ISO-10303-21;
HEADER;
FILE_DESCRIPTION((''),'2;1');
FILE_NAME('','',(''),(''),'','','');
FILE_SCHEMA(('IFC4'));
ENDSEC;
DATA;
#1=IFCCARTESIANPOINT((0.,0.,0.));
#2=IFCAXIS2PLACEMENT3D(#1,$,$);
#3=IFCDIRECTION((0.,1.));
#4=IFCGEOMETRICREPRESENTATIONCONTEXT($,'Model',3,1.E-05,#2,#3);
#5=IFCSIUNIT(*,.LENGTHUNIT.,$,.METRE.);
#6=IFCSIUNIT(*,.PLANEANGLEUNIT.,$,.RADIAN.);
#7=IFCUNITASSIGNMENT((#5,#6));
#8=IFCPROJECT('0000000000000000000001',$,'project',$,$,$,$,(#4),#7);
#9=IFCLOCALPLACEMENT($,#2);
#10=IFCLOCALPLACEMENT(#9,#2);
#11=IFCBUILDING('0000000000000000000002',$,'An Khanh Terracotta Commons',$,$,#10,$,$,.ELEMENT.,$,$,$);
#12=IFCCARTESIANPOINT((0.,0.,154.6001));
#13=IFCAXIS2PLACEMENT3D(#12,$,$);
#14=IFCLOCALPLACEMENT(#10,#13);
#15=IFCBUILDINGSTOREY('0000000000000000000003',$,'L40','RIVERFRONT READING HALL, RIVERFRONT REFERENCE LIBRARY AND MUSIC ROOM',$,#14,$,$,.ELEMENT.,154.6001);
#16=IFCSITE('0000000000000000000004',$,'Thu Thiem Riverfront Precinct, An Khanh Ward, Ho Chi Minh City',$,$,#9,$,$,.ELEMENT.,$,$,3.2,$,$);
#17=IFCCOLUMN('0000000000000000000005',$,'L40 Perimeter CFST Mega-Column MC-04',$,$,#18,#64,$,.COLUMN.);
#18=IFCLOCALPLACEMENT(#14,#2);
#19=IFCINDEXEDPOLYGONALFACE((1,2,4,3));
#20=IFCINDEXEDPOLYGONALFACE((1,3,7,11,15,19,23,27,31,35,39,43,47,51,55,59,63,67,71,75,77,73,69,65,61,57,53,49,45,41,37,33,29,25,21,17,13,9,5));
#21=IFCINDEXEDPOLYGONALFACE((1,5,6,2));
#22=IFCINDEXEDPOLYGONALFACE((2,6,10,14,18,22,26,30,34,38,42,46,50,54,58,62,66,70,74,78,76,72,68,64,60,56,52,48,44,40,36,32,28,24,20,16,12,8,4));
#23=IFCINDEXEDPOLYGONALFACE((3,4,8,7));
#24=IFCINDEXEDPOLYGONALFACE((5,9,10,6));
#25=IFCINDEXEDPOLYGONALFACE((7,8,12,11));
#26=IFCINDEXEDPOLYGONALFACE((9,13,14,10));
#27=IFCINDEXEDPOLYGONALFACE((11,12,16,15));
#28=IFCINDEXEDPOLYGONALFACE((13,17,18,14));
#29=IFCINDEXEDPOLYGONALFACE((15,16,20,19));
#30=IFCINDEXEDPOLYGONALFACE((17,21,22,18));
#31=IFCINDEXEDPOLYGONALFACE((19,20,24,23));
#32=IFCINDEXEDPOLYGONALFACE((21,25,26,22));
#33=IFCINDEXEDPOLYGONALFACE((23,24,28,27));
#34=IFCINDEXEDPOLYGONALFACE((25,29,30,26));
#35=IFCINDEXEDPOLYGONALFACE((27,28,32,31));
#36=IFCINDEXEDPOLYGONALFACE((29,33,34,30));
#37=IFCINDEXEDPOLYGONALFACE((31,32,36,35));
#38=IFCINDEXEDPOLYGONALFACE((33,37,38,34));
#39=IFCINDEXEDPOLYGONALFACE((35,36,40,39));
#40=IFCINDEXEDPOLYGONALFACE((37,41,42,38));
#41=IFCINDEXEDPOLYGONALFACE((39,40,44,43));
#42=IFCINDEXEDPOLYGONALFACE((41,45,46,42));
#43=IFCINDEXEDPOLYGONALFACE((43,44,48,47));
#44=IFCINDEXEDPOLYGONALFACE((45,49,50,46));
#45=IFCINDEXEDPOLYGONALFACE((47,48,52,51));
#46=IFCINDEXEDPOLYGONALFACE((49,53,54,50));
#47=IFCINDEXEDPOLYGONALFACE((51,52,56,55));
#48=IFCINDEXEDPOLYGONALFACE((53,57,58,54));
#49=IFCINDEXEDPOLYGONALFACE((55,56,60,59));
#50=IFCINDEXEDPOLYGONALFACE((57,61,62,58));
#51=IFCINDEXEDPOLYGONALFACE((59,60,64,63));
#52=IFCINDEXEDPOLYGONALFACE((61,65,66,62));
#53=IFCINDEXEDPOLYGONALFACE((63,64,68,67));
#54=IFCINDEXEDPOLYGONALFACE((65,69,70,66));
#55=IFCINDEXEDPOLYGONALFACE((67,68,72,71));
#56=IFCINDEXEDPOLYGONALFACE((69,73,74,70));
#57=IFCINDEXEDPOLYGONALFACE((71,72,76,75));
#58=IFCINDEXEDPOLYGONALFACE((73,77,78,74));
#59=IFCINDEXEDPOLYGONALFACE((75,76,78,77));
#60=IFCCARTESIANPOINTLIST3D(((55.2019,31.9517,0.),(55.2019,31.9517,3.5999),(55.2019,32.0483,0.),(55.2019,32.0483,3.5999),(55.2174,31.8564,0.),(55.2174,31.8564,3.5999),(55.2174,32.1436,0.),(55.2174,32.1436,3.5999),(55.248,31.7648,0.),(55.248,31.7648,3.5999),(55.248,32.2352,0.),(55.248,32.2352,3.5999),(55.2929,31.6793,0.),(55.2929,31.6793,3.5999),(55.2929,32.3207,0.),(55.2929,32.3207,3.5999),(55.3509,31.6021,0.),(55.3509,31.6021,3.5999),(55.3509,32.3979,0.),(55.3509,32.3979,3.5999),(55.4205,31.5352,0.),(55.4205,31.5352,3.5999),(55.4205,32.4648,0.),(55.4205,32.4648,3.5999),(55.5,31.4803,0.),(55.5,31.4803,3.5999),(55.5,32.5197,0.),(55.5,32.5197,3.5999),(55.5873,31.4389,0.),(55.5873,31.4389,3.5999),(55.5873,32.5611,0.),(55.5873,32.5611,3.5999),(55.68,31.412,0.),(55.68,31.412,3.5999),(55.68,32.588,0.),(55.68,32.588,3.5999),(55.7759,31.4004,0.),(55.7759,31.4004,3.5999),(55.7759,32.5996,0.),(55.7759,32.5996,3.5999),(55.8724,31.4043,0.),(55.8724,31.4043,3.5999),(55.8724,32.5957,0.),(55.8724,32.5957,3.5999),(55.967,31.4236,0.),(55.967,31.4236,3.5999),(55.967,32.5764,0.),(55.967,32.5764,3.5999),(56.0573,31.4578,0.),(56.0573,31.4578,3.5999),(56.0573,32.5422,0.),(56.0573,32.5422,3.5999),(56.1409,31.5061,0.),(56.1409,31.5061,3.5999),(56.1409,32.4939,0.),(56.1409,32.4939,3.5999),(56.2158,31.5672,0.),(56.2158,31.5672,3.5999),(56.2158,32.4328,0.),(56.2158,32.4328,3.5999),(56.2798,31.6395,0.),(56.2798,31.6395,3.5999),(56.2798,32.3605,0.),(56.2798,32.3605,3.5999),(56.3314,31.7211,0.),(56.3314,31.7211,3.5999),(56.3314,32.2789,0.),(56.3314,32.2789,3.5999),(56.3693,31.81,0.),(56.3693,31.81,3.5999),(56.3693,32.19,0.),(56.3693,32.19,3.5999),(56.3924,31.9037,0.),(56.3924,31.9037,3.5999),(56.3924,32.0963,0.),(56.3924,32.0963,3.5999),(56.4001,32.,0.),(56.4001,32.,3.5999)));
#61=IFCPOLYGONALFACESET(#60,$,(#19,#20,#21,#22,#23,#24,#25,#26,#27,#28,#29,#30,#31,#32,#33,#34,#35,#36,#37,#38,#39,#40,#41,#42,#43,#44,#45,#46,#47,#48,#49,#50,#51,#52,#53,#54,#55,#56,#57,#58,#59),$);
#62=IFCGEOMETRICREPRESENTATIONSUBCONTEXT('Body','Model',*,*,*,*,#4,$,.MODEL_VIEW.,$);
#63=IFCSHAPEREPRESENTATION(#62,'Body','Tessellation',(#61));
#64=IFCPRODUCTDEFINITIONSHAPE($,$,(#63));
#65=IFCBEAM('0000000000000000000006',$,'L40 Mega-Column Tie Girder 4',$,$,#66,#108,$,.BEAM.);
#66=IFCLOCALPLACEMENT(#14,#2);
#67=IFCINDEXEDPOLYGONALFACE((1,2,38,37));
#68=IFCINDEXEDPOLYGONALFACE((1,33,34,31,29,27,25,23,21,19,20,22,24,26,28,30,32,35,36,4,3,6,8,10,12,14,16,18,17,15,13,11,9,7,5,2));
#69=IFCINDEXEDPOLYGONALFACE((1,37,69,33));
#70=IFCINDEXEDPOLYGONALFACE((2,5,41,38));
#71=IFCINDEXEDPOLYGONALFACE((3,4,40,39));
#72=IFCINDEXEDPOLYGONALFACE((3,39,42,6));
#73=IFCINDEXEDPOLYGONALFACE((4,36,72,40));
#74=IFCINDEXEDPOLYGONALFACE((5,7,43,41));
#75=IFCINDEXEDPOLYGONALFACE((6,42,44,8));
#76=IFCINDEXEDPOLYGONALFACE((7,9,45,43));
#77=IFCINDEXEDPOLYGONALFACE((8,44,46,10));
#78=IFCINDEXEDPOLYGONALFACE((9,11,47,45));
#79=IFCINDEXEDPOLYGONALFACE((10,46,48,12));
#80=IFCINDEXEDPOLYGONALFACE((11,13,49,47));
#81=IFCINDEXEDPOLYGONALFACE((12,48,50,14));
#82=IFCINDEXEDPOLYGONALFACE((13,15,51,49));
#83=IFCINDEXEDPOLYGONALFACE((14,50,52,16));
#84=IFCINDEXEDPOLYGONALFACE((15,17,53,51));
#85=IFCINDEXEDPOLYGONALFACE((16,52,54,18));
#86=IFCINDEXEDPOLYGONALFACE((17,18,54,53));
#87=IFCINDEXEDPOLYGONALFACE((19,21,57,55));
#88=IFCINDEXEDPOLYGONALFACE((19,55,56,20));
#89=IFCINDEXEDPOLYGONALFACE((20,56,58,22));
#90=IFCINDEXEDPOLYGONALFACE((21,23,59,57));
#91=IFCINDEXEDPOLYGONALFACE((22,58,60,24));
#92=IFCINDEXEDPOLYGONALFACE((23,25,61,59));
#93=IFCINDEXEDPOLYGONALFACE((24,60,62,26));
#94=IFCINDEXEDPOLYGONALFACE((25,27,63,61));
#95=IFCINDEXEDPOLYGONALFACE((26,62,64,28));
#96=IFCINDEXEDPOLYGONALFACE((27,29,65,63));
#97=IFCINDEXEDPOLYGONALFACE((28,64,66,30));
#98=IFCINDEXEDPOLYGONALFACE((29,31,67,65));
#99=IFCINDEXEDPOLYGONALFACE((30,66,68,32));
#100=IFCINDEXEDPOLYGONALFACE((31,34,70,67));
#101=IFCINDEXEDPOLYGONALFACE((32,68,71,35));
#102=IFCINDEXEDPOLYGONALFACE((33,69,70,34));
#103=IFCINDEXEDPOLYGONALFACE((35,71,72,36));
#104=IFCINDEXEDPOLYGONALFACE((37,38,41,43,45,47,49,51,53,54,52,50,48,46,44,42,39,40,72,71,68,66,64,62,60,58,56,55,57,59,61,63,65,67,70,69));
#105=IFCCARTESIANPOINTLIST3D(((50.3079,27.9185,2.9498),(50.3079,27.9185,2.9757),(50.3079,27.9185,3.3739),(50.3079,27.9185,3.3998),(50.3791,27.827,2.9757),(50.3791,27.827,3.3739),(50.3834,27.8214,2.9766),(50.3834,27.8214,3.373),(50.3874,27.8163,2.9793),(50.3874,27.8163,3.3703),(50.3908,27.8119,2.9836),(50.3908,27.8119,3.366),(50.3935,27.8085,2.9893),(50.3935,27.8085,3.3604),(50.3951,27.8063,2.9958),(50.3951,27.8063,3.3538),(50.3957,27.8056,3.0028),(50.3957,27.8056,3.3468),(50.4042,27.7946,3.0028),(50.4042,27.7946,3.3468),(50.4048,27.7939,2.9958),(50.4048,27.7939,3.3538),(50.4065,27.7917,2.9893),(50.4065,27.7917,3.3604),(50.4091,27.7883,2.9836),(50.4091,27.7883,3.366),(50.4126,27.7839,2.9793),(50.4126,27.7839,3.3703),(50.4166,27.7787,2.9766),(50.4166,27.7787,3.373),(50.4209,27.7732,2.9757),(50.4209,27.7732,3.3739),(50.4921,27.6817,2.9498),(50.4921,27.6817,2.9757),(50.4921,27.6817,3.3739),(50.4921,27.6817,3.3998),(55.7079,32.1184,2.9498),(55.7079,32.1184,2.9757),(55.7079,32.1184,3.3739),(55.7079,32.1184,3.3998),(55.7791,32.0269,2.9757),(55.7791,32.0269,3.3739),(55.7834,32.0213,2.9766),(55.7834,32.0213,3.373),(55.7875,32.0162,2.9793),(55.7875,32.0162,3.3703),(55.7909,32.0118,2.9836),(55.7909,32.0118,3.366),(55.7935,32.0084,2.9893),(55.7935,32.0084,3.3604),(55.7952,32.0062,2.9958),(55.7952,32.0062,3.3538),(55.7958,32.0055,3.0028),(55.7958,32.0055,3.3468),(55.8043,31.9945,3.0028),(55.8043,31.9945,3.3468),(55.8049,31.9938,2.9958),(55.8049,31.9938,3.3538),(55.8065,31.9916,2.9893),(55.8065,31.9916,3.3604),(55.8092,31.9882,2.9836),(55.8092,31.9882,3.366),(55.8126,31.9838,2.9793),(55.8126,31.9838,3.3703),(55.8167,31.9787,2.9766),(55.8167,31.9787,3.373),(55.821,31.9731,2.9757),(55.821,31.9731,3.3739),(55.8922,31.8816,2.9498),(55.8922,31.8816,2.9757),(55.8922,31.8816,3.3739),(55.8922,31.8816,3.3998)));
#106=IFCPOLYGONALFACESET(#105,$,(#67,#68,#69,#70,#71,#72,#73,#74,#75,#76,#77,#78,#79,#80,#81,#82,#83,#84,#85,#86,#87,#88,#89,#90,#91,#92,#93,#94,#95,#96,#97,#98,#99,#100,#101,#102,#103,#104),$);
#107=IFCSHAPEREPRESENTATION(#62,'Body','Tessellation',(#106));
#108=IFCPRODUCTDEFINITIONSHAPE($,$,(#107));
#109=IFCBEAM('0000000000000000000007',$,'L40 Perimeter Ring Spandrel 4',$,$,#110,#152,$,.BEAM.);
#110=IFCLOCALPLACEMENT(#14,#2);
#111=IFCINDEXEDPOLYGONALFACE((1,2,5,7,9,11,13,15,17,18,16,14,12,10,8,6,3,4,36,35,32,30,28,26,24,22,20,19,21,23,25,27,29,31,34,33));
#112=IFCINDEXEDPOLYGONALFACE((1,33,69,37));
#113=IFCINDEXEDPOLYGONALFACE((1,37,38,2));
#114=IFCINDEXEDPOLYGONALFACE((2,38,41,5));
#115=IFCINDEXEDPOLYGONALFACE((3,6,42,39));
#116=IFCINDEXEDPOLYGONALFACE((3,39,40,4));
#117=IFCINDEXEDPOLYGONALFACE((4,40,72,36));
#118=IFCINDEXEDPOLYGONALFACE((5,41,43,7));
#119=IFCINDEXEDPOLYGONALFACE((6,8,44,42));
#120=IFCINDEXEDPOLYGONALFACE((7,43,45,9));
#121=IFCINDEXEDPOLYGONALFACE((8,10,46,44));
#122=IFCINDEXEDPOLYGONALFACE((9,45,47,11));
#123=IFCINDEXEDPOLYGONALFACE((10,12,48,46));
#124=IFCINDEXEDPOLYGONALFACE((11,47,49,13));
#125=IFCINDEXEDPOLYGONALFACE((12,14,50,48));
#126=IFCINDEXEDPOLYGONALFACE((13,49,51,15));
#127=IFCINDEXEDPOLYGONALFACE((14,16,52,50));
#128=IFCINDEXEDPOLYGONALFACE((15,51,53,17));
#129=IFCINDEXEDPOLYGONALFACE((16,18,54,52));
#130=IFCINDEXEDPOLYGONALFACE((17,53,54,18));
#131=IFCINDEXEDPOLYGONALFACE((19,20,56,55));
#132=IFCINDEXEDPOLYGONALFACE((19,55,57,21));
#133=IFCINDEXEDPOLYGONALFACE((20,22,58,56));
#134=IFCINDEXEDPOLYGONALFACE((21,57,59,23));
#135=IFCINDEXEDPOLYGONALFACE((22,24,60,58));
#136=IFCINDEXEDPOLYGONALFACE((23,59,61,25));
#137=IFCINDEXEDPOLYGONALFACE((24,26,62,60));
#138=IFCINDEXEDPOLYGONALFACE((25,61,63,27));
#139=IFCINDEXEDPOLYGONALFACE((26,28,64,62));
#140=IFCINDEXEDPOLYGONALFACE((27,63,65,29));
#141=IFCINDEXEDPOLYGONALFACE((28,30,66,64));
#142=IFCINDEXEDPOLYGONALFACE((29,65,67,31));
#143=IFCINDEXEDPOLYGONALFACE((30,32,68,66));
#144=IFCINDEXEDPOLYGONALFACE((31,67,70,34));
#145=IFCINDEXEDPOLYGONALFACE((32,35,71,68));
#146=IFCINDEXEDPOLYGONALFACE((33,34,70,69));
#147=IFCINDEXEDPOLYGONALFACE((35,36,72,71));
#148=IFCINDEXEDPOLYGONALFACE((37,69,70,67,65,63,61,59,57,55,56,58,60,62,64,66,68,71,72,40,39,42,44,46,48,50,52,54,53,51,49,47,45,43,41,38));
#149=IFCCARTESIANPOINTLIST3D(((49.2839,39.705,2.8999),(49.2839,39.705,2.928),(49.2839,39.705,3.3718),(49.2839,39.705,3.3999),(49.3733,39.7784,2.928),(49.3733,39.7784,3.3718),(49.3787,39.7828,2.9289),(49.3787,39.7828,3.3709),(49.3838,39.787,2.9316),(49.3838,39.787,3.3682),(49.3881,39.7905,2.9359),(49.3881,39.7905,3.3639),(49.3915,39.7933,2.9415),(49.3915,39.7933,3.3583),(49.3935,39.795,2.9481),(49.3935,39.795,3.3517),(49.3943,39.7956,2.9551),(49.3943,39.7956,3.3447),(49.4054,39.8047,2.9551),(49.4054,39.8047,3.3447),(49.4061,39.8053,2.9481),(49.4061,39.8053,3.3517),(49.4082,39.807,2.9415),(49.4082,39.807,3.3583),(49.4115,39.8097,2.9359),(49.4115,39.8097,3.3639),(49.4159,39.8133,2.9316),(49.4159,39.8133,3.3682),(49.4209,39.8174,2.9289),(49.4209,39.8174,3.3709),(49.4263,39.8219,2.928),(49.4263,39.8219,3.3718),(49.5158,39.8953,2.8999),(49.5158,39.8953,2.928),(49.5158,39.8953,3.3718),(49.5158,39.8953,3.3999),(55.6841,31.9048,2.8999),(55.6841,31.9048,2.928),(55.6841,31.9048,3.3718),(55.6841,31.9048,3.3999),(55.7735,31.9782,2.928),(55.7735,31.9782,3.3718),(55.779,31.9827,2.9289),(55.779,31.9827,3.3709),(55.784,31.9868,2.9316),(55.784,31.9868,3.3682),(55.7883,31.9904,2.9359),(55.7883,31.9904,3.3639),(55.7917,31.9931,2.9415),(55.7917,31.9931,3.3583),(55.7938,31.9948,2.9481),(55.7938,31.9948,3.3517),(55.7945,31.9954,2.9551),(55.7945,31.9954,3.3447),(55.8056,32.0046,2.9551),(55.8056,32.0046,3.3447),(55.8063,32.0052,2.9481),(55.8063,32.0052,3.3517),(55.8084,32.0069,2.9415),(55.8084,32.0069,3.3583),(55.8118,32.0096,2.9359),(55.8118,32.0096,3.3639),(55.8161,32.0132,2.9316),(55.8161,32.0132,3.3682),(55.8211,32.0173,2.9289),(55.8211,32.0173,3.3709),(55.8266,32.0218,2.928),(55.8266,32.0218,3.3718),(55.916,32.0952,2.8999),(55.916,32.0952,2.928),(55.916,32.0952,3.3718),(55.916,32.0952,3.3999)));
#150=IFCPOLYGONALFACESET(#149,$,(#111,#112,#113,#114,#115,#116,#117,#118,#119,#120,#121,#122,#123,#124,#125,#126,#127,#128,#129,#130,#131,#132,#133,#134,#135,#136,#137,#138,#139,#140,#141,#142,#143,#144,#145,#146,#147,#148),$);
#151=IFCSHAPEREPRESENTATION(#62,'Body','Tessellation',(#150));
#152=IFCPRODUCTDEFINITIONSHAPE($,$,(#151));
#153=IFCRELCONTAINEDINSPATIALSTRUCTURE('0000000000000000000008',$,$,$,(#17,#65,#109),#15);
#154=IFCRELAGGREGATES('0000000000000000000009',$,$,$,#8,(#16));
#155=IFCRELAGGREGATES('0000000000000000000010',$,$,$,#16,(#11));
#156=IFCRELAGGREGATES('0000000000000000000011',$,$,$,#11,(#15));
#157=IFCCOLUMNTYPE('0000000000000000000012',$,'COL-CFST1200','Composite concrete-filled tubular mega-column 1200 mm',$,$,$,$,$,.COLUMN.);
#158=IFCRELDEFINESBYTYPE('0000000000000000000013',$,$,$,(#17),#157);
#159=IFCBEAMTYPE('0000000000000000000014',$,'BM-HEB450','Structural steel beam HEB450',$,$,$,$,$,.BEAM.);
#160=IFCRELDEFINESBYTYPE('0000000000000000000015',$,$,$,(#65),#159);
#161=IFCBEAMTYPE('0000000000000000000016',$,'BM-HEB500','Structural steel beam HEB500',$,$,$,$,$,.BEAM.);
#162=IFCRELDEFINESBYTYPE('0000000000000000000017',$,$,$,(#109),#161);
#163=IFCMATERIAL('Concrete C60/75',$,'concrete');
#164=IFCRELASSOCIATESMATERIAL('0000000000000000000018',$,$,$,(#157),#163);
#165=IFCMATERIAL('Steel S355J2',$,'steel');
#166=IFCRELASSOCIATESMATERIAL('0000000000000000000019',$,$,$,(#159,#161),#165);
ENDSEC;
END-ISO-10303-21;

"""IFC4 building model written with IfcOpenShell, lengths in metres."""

from ifc_helpers import new_model, si_unit, direction, frame, origin, origin_2d, place, context, subcontext, project, spatial, circle, i_section, extrude, material, material_profile, profile_set, type_object, element, save


model = new_model("IFC4")

# Units and contexts
model_context = context("Model", 3, precision=1e-05, world=origin(), true_north=direction((0.0, 1.0)))
body_context = subcontext(model_context, "Body", "Model", "MODEL_VIEW")
ifc_project = project(units=[si_unit("LENGTHUNIT", "METRE"), si_unit("PLANEANGLEUNIT", "RADIAN")], contexts=[model_context])

# Site, building, storey
site_placement = place(None, origin())
site = spatial("IfcSite", under=ifc_project, at=site_placement, Name="Thu Thiem Riverfront Precinct, An Khanh Ward, Ho Chi Minh City", CompositionType="ELEMENT", RefElevation=3.2)
building_placement = place(site_placement, origin())
building = spatial("IfcBuilding", under=site, at=building_placement, Name="An Khanh Terracotta Commons", CompositionType="ELEMENT")
storey_placement = place(building_placement, frame((0.0, 0.0, 154.6001)))
storey = spatial("IfcBuildingStorey", under=building, at=storey_placement, Name="L40", Description="RIVERFRONT READING HALL, RIVERFRONT REFERENCE LIBRARY AND MUSIC ROOM", CompositionType="ELEMENT", Elevation=154.6001)

# Column
ifc_material_1 = material(Name="Concrete C60/75", Category="concrete")
ifc_material_profile_1 = material_profile(ifc_material_1, circle(Radius=0.6001, at=origin_2d()), Name="CFST1200")
ifc_profile_set_1 = profile_set([ifc_material_profile_1], Name="Concrete C60/75")
column_type = type_object("IfcColumnType", Name="COL-CFST1200", Description="Composite concrete-filled tubular mega-column 1200 mm", PredefinedType="COLUMN", material=ifc_profile_set_1)
column_placement = place(storey_placement, frame((55.8, 32.0, 0.0), z_axis=(0.0, 0.0, 1.0), x_axis=(1.0, 0.0, 0.0)))
element("IfcColumn", 1, at=column_placement, inside=storey, type_object=column_type, Name="L40 Perimeter CFST Mega-Column MC-04", PredefinedType="COLUMN", context=body_context, shape_type="SweptSolid", body=[
    extrude(circle(Radius=0.6001, at=origin_2d()), origin(), (0.0, 0.0, 1.0), 3.5999),
])

# Beams
ifc_material_2 = material(Name="Steel S355J2", Category="steel")
ifc_material_profile_2 = material_profile(ifc_material_2, i_section(OverallWidth=0.3, OverallDepth=0.45, WebThickness=0.0139, FlangeThickness=0.0259, FilletRadius=0.0271, at=origin_2d()), Name="HEB450")
ifc_profile_set_2 = profile_set([ifc_material_profile_2], Name="Steel S355J2")
beam_type_1 = type_object("IfcBeamType", Name="BM-HEB450", Description="Structural steel beam HEB450", PredefinedType="BEAM", material=ifc_profile_set_2)
beam_1_placement = place(storey_placement, frame((55.8, 32.0, 3.1748), z_axis=(-0.789364, -0.613926, 0.0), x_axis=(0.613926, -0.789364, 0.0)))
element("IfcBeam", 2, at=beam_1_placement, inside=storey, type_object=beam_type_1, Name="L40 Mega-Column Tie Girder 4", PredefinedType="BEAM", context=body_context, shape_type="SweptSolid", body=[
    extrude(i_section(OverallWidth=0.3, OverallDepth=0.45, WebThickness=0.0139, FlangeThickness=0.0259, FilletRadius=0.0271, at=origin_2d()), origin(), (0.0, 0.0, 1.0), 6.8411),
])
ifc_material_profile_3 = material_profile(ifc_material_2, i_section(OverallWidth=0.3, OverallDepth=0.5, WebThickness=0.0144, FlangeThickness=0.0281, FilletRadius=0.0271, at=origin_2d()), Name="HEB500")
ifc_profile_set_3 = profile_set([ifc_material_profile_3], Name="Steel S355J2")
beam_type_2 = type_object("IfcBeamType", Name="BM-HEB500", Description="Structural steel beam HEB500", PredefinedType="BEAM", material=ifc_profile_set_3)
beam_2_placement = place(storey_placement, frame((55.8, 32.0, 3.1499), z_axis=(-0.634323, 0.773068, 0.0), x_axis=(-0.773068, -0.634323, 0.0)))
element("IfcBeam", 3, at=beam_2_placement, inside=storey, type_object=beam_type_2, Name="L40 Perimeter Ring Spandrel 4", PredefinedType="BEAM", context=body_context, shape_type="SweptSolid", body=[
    extrude(i_section(OverallWidth=0.3, OverallDepth=0.5, WebThickness=0.0144, FlangeThickness=0.0281, FilletRadius=0.0271, at=origin_2d()), origin(), (0.0, 0.0, 1.0), 10.0898),
])

save(model, "model.ifc")
